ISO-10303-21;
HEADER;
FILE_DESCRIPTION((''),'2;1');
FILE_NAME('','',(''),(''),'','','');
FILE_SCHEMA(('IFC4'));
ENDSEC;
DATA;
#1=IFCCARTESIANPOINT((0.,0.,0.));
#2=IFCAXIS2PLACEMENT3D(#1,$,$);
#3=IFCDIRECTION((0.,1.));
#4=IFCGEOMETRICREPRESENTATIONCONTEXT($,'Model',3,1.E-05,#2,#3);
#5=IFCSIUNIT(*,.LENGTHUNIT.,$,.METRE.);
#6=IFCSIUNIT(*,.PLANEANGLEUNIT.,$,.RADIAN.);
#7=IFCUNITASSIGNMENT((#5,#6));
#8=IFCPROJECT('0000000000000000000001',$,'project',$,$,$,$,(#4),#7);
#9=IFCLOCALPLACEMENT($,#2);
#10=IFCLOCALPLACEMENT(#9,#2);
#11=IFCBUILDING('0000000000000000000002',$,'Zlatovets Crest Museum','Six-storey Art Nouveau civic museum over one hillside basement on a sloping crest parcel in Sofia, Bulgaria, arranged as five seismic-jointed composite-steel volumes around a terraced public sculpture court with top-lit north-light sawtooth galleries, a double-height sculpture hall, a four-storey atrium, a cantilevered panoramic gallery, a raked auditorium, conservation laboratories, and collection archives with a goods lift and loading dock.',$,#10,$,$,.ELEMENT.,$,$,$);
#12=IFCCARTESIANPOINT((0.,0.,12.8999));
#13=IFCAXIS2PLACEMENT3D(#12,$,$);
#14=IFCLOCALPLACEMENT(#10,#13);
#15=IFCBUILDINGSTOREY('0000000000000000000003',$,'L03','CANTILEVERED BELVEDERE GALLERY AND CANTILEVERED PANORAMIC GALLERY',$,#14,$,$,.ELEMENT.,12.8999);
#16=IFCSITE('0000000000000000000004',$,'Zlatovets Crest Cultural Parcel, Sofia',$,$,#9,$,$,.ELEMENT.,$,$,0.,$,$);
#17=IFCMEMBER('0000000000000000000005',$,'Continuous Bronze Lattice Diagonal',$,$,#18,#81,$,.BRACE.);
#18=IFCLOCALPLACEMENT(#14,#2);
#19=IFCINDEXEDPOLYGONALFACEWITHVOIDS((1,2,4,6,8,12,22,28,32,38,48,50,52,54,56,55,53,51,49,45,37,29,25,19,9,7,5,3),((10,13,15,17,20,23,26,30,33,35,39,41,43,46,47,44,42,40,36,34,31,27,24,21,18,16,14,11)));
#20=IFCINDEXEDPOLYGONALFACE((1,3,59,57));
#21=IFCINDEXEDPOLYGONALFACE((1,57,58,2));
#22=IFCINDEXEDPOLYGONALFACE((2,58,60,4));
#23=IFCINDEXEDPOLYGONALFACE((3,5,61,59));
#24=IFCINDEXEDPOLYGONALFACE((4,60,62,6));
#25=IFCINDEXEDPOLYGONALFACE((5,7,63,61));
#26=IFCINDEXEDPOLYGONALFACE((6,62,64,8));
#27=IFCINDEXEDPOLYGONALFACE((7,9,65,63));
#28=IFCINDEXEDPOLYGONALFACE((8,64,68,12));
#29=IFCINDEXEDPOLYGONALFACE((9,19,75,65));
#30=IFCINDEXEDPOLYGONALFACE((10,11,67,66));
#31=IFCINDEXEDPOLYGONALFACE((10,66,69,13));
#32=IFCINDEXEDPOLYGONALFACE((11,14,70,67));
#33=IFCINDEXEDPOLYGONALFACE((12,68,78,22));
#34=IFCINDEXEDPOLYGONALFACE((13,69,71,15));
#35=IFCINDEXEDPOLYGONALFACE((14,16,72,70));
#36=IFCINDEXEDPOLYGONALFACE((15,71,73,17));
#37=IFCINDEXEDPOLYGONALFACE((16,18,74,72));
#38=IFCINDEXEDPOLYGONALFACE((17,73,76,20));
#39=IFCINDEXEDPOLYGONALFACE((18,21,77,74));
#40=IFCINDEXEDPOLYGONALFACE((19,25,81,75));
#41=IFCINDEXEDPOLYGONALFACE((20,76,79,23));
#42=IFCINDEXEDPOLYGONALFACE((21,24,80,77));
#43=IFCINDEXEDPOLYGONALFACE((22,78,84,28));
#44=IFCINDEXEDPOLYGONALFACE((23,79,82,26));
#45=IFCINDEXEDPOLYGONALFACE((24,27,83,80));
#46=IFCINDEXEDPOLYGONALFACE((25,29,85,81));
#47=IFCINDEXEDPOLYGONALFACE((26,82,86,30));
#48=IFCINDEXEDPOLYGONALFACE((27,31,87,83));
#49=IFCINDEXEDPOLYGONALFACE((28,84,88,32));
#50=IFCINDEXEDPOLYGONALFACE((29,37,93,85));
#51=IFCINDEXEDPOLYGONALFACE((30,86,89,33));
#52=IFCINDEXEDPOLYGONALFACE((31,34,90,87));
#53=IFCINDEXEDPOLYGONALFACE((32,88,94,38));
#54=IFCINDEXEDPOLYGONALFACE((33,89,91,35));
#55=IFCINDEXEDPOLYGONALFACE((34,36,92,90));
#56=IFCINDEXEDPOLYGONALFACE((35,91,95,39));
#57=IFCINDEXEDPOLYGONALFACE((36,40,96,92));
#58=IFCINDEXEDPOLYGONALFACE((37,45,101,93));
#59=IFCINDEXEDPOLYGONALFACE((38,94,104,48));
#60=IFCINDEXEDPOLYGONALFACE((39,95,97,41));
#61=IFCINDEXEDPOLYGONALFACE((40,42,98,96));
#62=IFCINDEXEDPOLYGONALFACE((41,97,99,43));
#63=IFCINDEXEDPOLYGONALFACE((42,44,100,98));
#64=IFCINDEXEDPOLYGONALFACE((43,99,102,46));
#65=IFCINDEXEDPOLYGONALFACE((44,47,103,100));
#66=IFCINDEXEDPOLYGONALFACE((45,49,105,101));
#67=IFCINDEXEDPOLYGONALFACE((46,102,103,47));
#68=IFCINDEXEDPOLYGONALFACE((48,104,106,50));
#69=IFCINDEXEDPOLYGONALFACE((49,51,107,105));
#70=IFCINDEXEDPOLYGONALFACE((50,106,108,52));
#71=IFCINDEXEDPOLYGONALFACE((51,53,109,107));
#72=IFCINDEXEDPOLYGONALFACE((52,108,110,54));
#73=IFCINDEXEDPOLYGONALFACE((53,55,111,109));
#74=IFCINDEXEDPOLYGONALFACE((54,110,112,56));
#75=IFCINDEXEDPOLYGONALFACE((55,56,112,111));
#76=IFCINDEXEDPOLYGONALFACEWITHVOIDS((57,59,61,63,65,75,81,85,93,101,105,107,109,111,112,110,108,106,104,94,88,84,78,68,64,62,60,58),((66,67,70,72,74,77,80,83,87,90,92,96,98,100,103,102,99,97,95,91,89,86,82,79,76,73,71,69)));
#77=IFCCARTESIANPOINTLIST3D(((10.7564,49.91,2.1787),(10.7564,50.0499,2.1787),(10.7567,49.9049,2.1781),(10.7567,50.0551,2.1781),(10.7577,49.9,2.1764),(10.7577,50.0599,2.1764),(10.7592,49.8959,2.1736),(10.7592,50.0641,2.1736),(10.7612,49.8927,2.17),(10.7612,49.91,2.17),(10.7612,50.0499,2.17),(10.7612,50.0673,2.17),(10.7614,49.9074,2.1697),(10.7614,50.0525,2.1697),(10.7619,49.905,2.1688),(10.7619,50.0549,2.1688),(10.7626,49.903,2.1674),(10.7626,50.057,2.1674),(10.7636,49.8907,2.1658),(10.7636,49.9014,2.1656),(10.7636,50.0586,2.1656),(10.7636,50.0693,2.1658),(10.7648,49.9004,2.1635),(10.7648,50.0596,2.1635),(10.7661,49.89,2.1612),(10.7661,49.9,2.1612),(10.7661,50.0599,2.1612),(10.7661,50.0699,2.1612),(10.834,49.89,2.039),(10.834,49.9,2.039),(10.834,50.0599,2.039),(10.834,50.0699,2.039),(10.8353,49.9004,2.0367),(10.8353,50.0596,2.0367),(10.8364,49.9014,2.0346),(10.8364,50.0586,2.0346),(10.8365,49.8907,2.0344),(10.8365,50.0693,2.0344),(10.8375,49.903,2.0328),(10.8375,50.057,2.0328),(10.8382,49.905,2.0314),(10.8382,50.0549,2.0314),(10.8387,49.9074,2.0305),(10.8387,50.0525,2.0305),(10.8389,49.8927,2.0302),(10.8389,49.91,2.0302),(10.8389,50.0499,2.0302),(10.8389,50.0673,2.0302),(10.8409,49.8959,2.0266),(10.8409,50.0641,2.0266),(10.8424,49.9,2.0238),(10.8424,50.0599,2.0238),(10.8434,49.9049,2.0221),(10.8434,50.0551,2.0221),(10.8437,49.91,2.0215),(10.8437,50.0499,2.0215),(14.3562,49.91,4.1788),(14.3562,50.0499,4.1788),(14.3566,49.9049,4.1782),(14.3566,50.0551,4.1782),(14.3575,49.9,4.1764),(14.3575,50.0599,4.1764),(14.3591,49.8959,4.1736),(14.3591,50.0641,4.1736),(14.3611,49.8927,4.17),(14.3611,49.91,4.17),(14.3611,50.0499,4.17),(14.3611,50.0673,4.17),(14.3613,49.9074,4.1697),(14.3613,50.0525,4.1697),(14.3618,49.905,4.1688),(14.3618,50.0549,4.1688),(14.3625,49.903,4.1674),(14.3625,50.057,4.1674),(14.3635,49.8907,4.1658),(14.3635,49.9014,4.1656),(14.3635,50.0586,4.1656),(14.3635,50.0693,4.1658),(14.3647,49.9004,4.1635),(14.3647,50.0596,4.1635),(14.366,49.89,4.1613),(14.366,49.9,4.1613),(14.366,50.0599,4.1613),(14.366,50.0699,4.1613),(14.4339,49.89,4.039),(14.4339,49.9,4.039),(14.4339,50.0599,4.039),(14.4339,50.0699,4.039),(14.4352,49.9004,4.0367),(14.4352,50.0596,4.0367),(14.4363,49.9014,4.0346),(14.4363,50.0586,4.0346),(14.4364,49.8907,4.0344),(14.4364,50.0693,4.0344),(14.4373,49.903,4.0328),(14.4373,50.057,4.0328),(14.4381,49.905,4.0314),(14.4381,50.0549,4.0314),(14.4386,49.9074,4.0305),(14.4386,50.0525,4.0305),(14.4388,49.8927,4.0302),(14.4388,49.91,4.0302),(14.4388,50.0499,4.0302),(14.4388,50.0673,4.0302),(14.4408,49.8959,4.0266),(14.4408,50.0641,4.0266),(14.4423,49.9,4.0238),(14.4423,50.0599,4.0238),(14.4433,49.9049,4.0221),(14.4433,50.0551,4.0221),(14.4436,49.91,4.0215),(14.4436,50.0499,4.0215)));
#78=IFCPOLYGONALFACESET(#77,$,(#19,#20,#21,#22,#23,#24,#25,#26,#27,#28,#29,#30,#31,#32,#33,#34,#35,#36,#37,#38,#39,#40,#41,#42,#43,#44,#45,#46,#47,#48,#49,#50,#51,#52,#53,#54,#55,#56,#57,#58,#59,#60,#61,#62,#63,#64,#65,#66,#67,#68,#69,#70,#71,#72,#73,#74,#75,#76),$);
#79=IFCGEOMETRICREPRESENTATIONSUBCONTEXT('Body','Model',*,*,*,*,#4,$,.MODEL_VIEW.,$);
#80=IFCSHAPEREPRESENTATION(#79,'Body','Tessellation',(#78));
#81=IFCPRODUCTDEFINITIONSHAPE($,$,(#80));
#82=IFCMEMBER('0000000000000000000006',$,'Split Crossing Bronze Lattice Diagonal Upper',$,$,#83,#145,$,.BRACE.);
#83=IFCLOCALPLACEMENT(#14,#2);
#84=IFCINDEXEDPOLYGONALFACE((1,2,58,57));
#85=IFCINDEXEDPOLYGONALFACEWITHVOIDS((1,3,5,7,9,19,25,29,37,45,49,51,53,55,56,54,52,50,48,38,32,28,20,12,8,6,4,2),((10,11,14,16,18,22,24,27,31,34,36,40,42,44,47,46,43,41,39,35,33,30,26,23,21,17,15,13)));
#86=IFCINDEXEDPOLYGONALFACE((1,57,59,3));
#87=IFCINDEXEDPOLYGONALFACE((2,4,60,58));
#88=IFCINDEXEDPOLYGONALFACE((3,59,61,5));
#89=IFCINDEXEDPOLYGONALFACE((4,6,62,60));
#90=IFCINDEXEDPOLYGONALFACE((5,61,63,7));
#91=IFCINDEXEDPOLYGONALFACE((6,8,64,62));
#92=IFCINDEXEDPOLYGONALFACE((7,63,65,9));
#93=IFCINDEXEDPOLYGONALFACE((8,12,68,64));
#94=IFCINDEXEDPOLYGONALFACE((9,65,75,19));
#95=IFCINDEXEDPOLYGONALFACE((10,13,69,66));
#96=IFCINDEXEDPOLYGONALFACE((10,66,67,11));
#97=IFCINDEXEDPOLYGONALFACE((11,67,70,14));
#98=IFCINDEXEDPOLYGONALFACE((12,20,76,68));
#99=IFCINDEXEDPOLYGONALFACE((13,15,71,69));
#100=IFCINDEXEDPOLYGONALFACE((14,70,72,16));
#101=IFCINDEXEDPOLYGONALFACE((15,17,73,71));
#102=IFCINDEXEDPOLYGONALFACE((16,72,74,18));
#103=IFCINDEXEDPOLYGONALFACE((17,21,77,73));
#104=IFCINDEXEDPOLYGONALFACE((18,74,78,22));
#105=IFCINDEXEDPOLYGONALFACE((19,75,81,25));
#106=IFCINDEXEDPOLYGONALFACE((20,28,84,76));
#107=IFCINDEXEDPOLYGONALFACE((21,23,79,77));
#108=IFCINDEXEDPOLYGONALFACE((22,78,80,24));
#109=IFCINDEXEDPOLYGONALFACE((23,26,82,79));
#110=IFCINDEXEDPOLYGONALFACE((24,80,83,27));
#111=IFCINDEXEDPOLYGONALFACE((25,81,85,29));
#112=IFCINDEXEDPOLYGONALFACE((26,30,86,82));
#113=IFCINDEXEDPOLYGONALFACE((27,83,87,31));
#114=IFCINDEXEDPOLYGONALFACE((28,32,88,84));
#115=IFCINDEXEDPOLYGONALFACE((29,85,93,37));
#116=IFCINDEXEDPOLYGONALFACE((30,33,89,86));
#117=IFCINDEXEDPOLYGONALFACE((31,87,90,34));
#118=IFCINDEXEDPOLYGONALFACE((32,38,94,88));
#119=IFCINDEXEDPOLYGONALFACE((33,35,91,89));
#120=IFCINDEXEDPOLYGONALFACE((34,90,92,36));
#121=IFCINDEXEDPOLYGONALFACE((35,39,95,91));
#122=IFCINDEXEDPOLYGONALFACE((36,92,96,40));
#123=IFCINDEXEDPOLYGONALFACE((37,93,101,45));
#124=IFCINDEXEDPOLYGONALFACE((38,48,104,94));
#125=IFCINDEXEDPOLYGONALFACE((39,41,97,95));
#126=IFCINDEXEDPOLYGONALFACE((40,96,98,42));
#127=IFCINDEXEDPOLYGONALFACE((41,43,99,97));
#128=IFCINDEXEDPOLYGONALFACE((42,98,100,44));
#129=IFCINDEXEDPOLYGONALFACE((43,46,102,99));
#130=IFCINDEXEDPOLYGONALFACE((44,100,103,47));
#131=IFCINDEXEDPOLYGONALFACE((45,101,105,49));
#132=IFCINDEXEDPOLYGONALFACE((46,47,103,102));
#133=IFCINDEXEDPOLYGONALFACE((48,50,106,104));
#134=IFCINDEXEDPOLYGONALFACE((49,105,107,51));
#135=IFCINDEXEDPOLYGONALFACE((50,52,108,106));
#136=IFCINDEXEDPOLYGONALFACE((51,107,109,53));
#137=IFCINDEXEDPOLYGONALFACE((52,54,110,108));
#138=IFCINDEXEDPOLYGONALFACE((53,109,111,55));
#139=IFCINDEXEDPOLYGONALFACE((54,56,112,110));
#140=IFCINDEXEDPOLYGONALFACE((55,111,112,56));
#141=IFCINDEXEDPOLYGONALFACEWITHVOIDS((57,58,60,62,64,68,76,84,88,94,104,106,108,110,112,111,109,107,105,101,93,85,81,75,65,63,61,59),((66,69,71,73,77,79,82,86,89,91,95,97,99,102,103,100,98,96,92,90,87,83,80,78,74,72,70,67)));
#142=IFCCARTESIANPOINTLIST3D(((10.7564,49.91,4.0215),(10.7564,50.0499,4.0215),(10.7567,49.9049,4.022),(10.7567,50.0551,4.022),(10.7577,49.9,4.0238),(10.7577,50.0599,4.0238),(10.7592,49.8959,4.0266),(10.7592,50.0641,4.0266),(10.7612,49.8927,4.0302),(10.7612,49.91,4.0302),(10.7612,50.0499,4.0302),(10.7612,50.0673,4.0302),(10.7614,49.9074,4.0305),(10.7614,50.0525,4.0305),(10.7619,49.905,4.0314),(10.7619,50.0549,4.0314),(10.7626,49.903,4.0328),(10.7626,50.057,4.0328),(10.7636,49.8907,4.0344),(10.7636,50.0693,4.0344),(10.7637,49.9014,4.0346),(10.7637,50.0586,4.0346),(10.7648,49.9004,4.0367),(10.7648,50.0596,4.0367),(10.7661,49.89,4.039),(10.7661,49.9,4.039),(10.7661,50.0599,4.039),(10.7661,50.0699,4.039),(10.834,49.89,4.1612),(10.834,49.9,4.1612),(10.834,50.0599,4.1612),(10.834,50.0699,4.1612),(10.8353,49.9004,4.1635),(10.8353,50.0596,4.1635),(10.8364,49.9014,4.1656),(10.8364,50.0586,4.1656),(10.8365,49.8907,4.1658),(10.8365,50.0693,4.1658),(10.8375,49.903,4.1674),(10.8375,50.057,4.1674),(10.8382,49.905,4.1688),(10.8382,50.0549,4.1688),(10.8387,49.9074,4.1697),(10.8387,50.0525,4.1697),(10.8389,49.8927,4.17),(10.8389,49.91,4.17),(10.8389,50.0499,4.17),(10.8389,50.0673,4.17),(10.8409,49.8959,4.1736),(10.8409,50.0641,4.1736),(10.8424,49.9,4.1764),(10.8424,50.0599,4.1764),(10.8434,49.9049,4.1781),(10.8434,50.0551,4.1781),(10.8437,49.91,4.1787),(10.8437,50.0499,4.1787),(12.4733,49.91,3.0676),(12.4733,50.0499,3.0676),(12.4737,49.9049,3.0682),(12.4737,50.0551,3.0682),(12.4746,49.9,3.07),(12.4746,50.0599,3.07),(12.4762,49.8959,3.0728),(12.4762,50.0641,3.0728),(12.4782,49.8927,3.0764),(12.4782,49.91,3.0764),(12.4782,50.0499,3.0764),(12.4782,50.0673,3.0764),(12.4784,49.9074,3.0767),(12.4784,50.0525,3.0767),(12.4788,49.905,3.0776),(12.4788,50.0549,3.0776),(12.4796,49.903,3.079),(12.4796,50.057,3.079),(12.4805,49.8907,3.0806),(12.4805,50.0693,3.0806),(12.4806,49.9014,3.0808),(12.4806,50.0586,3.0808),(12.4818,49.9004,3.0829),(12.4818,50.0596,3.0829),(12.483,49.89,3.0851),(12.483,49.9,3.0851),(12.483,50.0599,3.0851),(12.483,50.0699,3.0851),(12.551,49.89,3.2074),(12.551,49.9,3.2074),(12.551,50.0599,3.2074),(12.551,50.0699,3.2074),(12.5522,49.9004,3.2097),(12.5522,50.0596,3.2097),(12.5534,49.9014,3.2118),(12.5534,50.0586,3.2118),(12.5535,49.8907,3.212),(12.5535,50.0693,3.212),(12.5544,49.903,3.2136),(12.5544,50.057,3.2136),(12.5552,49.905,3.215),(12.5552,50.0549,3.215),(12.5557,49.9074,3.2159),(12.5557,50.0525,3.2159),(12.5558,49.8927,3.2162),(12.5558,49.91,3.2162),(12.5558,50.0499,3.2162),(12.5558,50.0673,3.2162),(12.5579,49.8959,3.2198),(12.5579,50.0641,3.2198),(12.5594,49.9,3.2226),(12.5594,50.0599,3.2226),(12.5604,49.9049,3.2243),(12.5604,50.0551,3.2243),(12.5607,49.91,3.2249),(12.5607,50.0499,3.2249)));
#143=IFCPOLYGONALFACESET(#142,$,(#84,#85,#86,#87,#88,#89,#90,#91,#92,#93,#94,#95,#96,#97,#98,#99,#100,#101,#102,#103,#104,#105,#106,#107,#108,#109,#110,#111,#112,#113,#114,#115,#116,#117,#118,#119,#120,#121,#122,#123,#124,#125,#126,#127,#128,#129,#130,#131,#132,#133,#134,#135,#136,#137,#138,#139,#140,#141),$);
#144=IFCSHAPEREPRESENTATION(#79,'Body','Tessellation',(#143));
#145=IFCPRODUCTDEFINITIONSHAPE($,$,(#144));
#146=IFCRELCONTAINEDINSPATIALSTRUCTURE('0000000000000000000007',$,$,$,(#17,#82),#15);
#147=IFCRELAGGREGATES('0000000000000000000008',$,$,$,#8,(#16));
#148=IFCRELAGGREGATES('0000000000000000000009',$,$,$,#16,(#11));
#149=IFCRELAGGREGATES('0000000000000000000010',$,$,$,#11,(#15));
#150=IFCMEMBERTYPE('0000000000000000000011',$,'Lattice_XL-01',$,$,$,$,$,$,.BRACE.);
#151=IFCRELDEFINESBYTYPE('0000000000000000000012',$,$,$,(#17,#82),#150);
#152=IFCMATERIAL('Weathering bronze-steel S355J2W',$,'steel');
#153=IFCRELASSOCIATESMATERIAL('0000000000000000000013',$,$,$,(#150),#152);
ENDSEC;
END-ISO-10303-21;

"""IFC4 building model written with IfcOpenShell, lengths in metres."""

from ifc_helpers import new_model, si_unit, direction, frame, origin, origin_2d, place, context, subcontext, project, spatial, hollow_rectangle, extrude, material, material_profile, profile_set, type_object, element, save


model = new_model("IFC4")

# Units and contexts
model_context = context("Model", 3, precision=1e-05, world=origin(), true_north=direction((0.0, 1.0)))
body_context = subcontext(model_context, "Body", "Model", "MODEL_VIEW")
ifc_project = project(units=[si_unit("LENGTHUNIT", "METRE"), si_unit("PLANEANGLEUNIT", "RADIAN")], contexts=[model_context])

# Site, building, storey
site_placement = place(None, origin())
site = spatial("IfcSite", under=ifc_project, at=site_placement, Name="Zlatovets Crest Cultural Parcel, Sofia", CompositionType="ELEMENT", RefElevation=0.0)
building_placement = place(site_placement, origin())
building = spatial("IfcBuilding", under=site, at=building_placement, Name="Zlatovets Crest Museum", Description="Six-storey Art Nouveau civic museum over one hillside basement on a sloping crest parcel in Sofia, Bulgaria, arranged as five seismic-jointed composite-steel volumes around a terraced public sculpture court with top-lit north-light sawtooth galleries, a double-height sculpture hall, a four-storey atrium, a cantilevered panoramic gallery, a raked auditorium, conservation laboratories, and collection archives with a goods lift and loading dock.", CompositionType="ELEMENT")
storey_placement = place(building_placement, frame((0.0, 0.0, 12.8999)))
storey = spatial("IfcBuildingStorey", under=building, at=storey_placement, Name="L03", Description="CANTILEVERED BELVEDERE GALLERY AND CANTILEVERED PANORAMIC GALLERY", CompositionType="ELEMENT", Elevation=12.8999)

# Members
ifc_material_1 = material(Name="Weathering bronze-steel S355J2W", Category="steel")
ifc_material_profile_1 = material_profile(ifc_material_1, hollow_rectangle(XDim=0.1799, YDim=0.1799, WallThickness=0.01, InnerFilletRadius=0.01, OuterFilletRadius=0.02, at=origin_2d()), Name="SHS 180x180x10.0")
ifc_profile_set_1 = profile_set([ifc_material_profile_1], Name="Weathering bronze-steel S355J2W")
member_type_1 = type_object("IfcMemberType", Name="Lattice_XL-01", PredefinedType="BRACE", material=ifc_profile_set_1)
member_1_placement = place(storey_placement, frame((10.8, 49.98, 2.1001), z_axis=(0.874149, 0.0, 0.485658), x_axis=(0.0, 1.0, 0.0)))
element("IfcMember", 1, at=member_1_placement, inside=storey, type_object=member_type_1, Name="Continuous Bronze Lattice Diagonal", PredefinedType="BRACE", context=body_context, shape_type="SweptSolid", body=[
    extrude(hollow_rectangle(XDim=0.1799, YDim=0.1799, WallThickness=0.01, InnerFilletRadius=0.01, OuterFilletRadius=0.02, at=origin_2d()), origin(), (0.0, 0.0, 1.0), 4.1182),
])
member_2_placement = place(storey_placement, frame((10.8, 49.98, 4.1001), z_axis=(0.874169, 0.0, -0.485622), x_axis=(0.0, 1.0, 0.0)))
element("IfcMember", 2, at=member_2_placement, inside=storey, type_object=member_type_1, Name="Split Crossing Bronze Lattice Diagonal Upper", PredefinedType="BRACE", context=body_context, shape_type="SweptSolid", body=[
    extrude(hollow_rectangle(XDim=0.1799, YDim=0.1799, WallThickness=0.01, InnerFilletRadius=0.01, OuterFilletRadius=0.02, at=origin_2d()), origin(), (0.0, 0.0, 1.0), 1.9641),
])

save(model, "model.ifc")
